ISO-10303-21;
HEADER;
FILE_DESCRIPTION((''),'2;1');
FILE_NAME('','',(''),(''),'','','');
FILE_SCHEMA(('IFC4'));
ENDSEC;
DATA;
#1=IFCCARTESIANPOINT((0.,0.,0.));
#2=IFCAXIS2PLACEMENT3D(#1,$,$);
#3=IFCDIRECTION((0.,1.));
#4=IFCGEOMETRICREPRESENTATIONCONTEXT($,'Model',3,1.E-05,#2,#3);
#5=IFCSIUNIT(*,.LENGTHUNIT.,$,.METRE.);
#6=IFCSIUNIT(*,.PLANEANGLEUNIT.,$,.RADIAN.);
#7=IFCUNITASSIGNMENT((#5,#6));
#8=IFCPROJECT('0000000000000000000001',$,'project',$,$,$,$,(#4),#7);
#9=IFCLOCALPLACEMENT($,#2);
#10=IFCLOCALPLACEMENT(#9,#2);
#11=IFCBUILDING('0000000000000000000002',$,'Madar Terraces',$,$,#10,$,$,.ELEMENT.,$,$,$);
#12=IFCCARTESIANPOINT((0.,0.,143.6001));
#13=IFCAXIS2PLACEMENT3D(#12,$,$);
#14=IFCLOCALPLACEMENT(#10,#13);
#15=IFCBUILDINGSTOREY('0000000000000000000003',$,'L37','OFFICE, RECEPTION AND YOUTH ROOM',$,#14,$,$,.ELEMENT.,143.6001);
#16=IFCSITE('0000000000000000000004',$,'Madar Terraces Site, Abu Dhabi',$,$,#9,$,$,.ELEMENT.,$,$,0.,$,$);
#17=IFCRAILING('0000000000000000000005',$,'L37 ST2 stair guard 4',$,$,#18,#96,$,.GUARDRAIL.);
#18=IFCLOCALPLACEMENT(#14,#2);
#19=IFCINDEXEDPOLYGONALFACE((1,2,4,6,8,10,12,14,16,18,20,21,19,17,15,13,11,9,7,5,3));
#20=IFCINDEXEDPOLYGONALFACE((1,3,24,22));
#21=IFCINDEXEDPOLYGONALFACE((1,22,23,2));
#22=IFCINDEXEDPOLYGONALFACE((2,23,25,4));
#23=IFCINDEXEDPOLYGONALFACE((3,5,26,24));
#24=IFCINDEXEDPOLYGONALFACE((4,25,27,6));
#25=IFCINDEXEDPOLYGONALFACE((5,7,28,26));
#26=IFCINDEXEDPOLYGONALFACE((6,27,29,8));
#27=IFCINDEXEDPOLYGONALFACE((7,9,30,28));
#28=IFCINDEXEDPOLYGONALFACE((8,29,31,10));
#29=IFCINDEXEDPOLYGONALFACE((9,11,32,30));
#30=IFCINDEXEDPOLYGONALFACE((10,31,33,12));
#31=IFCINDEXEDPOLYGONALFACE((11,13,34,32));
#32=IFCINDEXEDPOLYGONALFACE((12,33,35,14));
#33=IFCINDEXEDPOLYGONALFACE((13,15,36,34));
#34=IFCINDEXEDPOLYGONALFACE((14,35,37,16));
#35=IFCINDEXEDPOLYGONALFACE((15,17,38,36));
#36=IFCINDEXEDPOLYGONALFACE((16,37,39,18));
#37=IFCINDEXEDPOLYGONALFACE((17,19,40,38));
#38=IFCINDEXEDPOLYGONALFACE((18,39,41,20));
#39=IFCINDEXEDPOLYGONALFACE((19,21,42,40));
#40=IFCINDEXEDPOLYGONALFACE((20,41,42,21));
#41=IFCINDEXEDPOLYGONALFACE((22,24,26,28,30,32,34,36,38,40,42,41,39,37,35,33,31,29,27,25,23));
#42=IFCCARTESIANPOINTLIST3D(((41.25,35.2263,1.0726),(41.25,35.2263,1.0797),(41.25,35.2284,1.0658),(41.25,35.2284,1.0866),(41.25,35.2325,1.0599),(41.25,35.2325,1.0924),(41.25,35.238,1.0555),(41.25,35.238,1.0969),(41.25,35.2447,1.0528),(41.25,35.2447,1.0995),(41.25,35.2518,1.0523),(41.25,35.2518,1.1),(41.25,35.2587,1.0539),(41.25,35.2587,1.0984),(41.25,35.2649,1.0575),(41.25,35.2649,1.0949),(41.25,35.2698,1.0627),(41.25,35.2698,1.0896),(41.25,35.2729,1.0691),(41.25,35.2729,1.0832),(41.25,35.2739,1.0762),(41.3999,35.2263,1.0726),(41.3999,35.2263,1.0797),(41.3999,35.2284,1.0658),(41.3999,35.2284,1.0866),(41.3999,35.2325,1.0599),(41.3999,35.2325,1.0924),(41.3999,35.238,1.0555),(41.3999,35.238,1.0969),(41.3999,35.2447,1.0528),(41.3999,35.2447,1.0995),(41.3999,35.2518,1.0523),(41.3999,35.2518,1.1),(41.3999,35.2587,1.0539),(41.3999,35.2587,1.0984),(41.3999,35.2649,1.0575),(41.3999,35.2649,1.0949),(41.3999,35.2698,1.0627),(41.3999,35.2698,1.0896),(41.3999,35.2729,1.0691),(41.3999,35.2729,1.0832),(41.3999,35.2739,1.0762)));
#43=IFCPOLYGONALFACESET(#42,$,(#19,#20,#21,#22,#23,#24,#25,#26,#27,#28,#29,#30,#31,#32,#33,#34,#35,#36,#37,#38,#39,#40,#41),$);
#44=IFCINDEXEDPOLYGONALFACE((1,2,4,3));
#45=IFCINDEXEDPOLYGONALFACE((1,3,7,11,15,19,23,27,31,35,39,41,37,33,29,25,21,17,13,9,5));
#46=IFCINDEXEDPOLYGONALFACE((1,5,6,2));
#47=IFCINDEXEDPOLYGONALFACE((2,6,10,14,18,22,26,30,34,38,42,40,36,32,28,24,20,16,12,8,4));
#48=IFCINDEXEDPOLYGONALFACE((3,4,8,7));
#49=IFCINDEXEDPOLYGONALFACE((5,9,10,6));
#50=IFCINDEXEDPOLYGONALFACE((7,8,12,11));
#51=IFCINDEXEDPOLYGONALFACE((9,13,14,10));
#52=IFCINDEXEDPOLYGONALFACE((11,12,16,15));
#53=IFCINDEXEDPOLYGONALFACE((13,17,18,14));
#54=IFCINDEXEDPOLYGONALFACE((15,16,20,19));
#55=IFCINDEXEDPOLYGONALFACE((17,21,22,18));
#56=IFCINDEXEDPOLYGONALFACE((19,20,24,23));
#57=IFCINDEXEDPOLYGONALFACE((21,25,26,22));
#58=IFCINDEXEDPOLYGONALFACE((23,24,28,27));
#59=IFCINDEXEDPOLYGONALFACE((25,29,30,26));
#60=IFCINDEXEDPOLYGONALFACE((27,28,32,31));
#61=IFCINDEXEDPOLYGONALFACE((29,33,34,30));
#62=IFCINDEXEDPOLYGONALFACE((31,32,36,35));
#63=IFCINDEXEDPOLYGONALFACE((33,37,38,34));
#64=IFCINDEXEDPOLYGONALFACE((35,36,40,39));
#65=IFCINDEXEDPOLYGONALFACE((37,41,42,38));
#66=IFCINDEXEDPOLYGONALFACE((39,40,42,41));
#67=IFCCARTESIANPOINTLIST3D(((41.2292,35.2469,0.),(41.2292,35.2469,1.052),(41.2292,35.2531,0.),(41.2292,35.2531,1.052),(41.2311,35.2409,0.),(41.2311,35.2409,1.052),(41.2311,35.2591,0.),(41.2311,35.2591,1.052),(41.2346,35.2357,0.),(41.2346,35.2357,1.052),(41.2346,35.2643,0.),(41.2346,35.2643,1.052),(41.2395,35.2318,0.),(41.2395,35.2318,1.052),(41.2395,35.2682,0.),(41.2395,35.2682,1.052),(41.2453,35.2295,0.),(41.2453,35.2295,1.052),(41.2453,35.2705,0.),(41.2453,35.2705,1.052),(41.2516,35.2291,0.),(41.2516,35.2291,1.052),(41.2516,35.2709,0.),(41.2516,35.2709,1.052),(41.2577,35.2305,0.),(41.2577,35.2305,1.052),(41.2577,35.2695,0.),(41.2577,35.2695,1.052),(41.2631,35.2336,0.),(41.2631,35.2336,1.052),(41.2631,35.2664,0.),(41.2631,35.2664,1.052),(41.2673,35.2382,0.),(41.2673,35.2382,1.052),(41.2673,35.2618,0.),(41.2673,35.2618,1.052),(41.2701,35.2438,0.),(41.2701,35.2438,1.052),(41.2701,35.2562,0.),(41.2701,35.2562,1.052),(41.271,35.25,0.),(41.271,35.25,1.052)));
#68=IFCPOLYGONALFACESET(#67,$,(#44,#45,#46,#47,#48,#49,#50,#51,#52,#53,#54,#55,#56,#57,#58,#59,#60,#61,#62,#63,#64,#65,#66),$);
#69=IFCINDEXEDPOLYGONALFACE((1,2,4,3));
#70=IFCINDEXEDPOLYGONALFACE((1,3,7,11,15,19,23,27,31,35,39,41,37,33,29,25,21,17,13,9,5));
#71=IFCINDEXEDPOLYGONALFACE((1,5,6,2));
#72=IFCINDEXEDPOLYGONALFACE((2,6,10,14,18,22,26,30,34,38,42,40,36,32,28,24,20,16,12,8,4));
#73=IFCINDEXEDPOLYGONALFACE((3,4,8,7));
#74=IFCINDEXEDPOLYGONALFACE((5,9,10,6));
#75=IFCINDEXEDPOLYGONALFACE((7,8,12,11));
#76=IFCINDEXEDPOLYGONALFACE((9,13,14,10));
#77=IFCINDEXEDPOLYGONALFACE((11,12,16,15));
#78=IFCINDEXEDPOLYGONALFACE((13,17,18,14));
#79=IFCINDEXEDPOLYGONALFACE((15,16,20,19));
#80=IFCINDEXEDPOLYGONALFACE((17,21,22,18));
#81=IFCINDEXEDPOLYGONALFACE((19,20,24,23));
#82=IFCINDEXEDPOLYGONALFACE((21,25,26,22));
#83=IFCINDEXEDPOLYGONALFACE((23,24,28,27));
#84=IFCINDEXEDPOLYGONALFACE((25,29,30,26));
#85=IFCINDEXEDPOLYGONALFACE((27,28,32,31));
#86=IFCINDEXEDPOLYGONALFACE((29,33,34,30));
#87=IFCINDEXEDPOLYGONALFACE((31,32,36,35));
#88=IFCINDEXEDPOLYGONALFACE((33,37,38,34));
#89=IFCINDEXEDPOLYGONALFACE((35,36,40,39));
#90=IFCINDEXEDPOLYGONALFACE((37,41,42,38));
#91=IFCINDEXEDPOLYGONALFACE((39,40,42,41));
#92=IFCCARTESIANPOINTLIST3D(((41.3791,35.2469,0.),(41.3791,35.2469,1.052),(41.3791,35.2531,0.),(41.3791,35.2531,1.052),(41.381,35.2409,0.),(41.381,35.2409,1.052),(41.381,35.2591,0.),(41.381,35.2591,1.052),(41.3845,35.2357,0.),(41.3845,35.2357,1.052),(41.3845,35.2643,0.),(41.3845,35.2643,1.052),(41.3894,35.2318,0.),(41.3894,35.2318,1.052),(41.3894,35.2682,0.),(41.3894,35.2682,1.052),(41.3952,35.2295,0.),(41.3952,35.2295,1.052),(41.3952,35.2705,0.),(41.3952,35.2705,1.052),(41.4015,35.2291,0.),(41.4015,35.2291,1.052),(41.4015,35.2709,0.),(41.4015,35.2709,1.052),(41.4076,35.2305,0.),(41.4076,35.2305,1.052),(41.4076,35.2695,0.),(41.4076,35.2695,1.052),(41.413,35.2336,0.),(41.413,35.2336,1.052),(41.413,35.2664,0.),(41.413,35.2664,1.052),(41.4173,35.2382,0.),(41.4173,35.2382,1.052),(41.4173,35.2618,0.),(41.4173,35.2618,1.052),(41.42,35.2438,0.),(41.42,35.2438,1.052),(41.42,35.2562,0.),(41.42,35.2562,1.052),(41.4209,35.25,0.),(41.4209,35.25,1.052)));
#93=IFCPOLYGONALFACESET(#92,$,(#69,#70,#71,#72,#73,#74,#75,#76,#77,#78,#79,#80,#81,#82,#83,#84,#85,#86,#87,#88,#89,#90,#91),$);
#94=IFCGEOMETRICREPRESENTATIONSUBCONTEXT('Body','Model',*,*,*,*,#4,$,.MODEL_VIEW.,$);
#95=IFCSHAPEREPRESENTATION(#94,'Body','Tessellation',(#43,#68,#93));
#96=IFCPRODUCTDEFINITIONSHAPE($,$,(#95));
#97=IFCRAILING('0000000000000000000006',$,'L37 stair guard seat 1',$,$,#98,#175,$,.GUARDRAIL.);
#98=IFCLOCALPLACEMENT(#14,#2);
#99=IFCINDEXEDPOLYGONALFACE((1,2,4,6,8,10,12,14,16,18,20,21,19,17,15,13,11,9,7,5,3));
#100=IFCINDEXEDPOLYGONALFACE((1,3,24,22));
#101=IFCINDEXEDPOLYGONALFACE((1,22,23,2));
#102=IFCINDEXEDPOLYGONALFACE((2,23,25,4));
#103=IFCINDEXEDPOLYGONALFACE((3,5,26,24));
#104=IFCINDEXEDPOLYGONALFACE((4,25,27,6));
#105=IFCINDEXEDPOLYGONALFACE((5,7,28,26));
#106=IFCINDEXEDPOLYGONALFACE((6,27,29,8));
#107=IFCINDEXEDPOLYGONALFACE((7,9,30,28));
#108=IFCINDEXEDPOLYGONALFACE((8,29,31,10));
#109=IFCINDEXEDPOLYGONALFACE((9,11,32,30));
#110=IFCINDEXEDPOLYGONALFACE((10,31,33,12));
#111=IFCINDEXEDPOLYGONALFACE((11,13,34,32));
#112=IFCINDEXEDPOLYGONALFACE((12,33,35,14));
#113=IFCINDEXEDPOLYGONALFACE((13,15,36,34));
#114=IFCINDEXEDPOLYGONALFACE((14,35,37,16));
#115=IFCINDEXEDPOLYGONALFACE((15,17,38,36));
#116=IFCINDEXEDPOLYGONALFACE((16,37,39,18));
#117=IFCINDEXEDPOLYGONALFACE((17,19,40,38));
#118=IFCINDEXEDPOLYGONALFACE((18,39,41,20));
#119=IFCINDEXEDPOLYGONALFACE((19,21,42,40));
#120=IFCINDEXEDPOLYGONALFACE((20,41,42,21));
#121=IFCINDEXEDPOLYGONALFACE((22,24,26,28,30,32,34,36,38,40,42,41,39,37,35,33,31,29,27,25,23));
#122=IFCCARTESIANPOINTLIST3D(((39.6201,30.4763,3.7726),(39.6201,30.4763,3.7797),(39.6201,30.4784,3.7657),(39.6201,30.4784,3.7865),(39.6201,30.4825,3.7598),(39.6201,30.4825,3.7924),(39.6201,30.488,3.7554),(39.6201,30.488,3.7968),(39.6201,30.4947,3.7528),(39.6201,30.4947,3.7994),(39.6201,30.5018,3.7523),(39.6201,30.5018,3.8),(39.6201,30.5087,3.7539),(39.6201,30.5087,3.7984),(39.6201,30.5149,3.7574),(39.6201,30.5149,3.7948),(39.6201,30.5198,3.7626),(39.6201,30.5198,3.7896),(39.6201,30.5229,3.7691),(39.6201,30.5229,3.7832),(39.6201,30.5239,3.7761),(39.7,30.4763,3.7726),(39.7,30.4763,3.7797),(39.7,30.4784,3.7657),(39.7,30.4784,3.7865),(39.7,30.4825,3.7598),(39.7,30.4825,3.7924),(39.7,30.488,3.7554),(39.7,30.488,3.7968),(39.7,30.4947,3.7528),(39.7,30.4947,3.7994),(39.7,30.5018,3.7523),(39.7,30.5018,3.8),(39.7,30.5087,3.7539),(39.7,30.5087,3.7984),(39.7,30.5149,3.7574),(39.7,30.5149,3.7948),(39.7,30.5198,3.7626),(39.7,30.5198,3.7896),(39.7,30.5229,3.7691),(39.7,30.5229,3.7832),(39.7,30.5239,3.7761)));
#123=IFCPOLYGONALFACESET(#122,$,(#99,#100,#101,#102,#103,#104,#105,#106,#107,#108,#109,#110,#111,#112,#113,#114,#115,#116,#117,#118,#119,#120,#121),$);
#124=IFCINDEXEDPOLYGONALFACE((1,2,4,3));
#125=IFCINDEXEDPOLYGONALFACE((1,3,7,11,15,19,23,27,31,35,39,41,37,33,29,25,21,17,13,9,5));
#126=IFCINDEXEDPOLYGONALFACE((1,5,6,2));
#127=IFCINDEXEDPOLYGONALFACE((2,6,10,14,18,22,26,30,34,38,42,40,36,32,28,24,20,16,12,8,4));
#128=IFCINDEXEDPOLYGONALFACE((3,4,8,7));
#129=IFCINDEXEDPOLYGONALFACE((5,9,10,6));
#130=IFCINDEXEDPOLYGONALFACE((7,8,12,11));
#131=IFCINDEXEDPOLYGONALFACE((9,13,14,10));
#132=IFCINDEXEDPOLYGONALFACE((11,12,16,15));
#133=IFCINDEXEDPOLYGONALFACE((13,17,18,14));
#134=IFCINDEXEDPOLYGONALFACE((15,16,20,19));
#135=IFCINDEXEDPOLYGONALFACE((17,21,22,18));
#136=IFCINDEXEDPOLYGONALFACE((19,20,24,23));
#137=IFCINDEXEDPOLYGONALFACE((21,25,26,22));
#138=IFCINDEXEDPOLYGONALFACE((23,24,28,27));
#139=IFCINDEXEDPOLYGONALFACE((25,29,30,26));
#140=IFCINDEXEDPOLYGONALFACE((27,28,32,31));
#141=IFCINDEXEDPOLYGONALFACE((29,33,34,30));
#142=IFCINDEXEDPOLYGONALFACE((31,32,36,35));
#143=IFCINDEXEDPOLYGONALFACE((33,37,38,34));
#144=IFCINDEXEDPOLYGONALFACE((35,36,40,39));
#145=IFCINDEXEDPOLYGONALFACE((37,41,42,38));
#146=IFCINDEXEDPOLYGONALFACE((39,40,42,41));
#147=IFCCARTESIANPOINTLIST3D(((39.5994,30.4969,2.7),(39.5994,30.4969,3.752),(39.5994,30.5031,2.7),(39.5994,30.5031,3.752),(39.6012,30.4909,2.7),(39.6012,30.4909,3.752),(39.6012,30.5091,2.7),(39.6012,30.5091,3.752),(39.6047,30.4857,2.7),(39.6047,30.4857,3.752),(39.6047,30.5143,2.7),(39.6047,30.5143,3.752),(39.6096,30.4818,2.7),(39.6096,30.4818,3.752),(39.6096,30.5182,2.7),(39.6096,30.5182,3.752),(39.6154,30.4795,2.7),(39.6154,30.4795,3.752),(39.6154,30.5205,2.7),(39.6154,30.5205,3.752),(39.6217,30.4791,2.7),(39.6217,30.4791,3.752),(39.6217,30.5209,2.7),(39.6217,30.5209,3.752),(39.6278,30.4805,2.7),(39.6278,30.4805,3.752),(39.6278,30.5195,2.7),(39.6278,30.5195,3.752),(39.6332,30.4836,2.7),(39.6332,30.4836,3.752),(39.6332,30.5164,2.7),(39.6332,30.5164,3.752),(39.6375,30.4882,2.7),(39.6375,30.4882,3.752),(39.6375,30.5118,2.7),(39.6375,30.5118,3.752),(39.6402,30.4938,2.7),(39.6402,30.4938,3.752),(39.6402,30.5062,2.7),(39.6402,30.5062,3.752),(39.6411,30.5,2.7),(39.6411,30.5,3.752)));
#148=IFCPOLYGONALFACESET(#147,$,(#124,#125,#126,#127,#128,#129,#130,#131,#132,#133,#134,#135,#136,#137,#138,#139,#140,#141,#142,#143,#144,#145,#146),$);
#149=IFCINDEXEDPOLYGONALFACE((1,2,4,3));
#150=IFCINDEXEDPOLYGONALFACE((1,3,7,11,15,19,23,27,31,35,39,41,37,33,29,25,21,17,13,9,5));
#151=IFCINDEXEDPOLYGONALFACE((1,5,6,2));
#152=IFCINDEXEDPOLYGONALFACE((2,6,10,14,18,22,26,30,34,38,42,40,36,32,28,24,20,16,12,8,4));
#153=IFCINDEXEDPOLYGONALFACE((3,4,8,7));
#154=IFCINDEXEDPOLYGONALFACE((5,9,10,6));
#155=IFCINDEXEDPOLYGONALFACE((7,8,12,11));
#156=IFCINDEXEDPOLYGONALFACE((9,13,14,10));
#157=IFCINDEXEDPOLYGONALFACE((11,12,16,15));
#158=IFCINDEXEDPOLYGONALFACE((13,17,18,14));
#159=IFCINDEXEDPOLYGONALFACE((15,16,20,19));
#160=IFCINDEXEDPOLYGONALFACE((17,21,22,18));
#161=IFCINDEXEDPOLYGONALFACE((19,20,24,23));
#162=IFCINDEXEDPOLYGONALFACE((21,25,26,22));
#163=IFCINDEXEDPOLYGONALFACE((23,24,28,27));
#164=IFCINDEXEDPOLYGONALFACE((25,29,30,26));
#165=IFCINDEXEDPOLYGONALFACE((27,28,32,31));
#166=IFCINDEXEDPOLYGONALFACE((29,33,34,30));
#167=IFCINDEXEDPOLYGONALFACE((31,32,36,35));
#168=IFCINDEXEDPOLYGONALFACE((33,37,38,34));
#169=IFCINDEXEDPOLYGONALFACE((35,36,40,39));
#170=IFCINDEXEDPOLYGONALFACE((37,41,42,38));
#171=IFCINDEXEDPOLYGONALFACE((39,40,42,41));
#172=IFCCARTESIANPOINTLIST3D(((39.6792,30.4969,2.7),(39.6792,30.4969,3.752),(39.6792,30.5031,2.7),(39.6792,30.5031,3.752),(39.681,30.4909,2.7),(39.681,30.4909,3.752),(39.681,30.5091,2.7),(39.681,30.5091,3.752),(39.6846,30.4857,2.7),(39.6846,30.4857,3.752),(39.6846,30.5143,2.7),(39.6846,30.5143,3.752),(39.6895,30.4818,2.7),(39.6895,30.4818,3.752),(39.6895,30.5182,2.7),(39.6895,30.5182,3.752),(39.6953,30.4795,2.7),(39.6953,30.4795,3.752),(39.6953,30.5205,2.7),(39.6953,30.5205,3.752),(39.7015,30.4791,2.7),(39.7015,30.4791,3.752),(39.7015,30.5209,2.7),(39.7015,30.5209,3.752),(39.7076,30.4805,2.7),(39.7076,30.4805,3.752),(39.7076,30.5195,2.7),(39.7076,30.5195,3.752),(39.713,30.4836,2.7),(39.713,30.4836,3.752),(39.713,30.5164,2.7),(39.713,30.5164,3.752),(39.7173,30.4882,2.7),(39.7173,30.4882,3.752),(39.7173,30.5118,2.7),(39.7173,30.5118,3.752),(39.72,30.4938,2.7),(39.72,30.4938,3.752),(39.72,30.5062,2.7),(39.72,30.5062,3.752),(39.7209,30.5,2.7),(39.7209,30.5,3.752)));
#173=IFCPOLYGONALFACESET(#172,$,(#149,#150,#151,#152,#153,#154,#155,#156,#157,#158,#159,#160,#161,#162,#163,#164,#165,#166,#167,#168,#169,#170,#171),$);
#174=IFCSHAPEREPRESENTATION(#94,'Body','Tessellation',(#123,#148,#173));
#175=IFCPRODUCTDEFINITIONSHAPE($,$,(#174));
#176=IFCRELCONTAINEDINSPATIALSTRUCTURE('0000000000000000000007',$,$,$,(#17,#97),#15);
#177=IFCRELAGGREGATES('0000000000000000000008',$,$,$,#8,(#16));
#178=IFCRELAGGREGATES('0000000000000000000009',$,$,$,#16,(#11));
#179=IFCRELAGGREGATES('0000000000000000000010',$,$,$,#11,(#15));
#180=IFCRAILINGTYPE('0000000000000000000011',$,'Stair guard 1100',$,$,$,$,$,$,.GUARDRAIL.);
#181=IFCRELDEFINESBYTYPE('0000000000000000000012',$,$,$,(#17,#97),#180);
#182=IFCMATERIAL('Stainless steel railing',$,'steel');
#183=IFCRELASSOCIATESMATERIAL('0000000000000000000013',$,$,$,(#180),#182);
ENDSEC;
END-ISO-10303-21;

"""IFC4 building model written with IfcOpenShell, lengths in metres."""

from ifc_helpers import new_model, si_unit, direction, frame, origin, origin_2d, place, context, subcontext, project, spatial, circle, extrude, material, type_object, element, save


model = new_model("IFC4")

# Units and contexts
model_context = context("Model", 3, precision=1e-05, world=origin(), true_north=direction((0.0, 1.0)))
body_context = subcontext(model_context, "Body", "Model", "MODEL_VIEW")
ifc_project = project(units=[si_unit("LENGTHUNIT", "METRE"), si_unit("PLANEANGLEUNIT", "RADIAN")], contexts=[model_context])

# Site, building, storey
site_placement = place(None, origin())
site = spatial("IfcSite", under=ifc_project, at=site_placement, Name="Madar Terraces Site, Abu Dhabi", CompositionType="ELEMENT", RefElevation=0.0)
building_placement = place(site_placement, origin())
building = spatial("IfcBuilding", under=site, at=building_placement, Name="Madar Terraces", CompositionType="ELEMENT")
storey_placement = place(building_placement, frame((0.0, 0.0, 143.6001)))
storey = spatial("IfcBuildingStorey", under=building, at=storey_placement, Name="L37", Description="OFFICE, RECEPTION AND YOUTH ROOM", CompositionType="ELEMENT", Elevation=143.6001)

# Railings
ifc_material_1 = material(Name="Stainless steel railing", Category="steel")
railing_type_1 = type_object("IfcRailingType", Name="Stair guard 1100", PredefinedType="GUARDRAIL", material=ifc_material_1)
railing_1_placement = place(storey_placement, frame((41.25, 35.25, 0.0)))
element("IfcRailing", 1, at=railing_1_placement, inside=storey, type_object=railing_type_1, Name="L37 ST2 stair guard 4", PredefinedType="GUARDRAIL", context=body_context, shape_type="SweptSolid", body=[
    extrude(circle(Radius=0.0239, at=origin_2d()), frame((0.0, 0.0, 1.0762), z_axis=(1.0, 0.0, 0.0), x_axis=(0.0, 1.0, 0.0)), (0.0, 0.0, 1.0), 0.1499),
    extrude(circle(Radius=0.021, at=origin_2d()), origin(), (0.0, 0.0, 1.0), 1.052),
    extrude(circle(Radius=0.021, at=origin_2d()), frame((0.1499, 0.0, 0.0)), (0.0, 0.0, 1.0), 1.052),
])
railing_2_placement = place(storey_placement, frame((39.6201, 30.5, 2.7)))
element("IfcRailing", 2, at=railing_2_placement, inside=storey, type_object=railing_type_1, Name="L37 stair guard seat 1", PredefinedType="GUARDRAIL", context=body_context, shape_type="SweptSolid", body=[
    extrude(circle(Radius=0.0239, at=origin_2d()), frame((0.0, 0.0, 1.0762), z_axis=(1.0, 0.0, 0.0), x_axis=(0.0, 1.0, 0.0)), (0.0, 0.0, 1.0), 0.0798),
    extrude(circle(Radius=0.021, at=origin_2d()), origin(), (0.0, 0.0, 1.0), 1.052),
    extrude(circle(Radius=0.021, at=origin_2d()), frame((0.0798, 0.0, 0.0)), (0.0, 0.0, 1.0), 1.052),
])

save(model, "model.ifc")
